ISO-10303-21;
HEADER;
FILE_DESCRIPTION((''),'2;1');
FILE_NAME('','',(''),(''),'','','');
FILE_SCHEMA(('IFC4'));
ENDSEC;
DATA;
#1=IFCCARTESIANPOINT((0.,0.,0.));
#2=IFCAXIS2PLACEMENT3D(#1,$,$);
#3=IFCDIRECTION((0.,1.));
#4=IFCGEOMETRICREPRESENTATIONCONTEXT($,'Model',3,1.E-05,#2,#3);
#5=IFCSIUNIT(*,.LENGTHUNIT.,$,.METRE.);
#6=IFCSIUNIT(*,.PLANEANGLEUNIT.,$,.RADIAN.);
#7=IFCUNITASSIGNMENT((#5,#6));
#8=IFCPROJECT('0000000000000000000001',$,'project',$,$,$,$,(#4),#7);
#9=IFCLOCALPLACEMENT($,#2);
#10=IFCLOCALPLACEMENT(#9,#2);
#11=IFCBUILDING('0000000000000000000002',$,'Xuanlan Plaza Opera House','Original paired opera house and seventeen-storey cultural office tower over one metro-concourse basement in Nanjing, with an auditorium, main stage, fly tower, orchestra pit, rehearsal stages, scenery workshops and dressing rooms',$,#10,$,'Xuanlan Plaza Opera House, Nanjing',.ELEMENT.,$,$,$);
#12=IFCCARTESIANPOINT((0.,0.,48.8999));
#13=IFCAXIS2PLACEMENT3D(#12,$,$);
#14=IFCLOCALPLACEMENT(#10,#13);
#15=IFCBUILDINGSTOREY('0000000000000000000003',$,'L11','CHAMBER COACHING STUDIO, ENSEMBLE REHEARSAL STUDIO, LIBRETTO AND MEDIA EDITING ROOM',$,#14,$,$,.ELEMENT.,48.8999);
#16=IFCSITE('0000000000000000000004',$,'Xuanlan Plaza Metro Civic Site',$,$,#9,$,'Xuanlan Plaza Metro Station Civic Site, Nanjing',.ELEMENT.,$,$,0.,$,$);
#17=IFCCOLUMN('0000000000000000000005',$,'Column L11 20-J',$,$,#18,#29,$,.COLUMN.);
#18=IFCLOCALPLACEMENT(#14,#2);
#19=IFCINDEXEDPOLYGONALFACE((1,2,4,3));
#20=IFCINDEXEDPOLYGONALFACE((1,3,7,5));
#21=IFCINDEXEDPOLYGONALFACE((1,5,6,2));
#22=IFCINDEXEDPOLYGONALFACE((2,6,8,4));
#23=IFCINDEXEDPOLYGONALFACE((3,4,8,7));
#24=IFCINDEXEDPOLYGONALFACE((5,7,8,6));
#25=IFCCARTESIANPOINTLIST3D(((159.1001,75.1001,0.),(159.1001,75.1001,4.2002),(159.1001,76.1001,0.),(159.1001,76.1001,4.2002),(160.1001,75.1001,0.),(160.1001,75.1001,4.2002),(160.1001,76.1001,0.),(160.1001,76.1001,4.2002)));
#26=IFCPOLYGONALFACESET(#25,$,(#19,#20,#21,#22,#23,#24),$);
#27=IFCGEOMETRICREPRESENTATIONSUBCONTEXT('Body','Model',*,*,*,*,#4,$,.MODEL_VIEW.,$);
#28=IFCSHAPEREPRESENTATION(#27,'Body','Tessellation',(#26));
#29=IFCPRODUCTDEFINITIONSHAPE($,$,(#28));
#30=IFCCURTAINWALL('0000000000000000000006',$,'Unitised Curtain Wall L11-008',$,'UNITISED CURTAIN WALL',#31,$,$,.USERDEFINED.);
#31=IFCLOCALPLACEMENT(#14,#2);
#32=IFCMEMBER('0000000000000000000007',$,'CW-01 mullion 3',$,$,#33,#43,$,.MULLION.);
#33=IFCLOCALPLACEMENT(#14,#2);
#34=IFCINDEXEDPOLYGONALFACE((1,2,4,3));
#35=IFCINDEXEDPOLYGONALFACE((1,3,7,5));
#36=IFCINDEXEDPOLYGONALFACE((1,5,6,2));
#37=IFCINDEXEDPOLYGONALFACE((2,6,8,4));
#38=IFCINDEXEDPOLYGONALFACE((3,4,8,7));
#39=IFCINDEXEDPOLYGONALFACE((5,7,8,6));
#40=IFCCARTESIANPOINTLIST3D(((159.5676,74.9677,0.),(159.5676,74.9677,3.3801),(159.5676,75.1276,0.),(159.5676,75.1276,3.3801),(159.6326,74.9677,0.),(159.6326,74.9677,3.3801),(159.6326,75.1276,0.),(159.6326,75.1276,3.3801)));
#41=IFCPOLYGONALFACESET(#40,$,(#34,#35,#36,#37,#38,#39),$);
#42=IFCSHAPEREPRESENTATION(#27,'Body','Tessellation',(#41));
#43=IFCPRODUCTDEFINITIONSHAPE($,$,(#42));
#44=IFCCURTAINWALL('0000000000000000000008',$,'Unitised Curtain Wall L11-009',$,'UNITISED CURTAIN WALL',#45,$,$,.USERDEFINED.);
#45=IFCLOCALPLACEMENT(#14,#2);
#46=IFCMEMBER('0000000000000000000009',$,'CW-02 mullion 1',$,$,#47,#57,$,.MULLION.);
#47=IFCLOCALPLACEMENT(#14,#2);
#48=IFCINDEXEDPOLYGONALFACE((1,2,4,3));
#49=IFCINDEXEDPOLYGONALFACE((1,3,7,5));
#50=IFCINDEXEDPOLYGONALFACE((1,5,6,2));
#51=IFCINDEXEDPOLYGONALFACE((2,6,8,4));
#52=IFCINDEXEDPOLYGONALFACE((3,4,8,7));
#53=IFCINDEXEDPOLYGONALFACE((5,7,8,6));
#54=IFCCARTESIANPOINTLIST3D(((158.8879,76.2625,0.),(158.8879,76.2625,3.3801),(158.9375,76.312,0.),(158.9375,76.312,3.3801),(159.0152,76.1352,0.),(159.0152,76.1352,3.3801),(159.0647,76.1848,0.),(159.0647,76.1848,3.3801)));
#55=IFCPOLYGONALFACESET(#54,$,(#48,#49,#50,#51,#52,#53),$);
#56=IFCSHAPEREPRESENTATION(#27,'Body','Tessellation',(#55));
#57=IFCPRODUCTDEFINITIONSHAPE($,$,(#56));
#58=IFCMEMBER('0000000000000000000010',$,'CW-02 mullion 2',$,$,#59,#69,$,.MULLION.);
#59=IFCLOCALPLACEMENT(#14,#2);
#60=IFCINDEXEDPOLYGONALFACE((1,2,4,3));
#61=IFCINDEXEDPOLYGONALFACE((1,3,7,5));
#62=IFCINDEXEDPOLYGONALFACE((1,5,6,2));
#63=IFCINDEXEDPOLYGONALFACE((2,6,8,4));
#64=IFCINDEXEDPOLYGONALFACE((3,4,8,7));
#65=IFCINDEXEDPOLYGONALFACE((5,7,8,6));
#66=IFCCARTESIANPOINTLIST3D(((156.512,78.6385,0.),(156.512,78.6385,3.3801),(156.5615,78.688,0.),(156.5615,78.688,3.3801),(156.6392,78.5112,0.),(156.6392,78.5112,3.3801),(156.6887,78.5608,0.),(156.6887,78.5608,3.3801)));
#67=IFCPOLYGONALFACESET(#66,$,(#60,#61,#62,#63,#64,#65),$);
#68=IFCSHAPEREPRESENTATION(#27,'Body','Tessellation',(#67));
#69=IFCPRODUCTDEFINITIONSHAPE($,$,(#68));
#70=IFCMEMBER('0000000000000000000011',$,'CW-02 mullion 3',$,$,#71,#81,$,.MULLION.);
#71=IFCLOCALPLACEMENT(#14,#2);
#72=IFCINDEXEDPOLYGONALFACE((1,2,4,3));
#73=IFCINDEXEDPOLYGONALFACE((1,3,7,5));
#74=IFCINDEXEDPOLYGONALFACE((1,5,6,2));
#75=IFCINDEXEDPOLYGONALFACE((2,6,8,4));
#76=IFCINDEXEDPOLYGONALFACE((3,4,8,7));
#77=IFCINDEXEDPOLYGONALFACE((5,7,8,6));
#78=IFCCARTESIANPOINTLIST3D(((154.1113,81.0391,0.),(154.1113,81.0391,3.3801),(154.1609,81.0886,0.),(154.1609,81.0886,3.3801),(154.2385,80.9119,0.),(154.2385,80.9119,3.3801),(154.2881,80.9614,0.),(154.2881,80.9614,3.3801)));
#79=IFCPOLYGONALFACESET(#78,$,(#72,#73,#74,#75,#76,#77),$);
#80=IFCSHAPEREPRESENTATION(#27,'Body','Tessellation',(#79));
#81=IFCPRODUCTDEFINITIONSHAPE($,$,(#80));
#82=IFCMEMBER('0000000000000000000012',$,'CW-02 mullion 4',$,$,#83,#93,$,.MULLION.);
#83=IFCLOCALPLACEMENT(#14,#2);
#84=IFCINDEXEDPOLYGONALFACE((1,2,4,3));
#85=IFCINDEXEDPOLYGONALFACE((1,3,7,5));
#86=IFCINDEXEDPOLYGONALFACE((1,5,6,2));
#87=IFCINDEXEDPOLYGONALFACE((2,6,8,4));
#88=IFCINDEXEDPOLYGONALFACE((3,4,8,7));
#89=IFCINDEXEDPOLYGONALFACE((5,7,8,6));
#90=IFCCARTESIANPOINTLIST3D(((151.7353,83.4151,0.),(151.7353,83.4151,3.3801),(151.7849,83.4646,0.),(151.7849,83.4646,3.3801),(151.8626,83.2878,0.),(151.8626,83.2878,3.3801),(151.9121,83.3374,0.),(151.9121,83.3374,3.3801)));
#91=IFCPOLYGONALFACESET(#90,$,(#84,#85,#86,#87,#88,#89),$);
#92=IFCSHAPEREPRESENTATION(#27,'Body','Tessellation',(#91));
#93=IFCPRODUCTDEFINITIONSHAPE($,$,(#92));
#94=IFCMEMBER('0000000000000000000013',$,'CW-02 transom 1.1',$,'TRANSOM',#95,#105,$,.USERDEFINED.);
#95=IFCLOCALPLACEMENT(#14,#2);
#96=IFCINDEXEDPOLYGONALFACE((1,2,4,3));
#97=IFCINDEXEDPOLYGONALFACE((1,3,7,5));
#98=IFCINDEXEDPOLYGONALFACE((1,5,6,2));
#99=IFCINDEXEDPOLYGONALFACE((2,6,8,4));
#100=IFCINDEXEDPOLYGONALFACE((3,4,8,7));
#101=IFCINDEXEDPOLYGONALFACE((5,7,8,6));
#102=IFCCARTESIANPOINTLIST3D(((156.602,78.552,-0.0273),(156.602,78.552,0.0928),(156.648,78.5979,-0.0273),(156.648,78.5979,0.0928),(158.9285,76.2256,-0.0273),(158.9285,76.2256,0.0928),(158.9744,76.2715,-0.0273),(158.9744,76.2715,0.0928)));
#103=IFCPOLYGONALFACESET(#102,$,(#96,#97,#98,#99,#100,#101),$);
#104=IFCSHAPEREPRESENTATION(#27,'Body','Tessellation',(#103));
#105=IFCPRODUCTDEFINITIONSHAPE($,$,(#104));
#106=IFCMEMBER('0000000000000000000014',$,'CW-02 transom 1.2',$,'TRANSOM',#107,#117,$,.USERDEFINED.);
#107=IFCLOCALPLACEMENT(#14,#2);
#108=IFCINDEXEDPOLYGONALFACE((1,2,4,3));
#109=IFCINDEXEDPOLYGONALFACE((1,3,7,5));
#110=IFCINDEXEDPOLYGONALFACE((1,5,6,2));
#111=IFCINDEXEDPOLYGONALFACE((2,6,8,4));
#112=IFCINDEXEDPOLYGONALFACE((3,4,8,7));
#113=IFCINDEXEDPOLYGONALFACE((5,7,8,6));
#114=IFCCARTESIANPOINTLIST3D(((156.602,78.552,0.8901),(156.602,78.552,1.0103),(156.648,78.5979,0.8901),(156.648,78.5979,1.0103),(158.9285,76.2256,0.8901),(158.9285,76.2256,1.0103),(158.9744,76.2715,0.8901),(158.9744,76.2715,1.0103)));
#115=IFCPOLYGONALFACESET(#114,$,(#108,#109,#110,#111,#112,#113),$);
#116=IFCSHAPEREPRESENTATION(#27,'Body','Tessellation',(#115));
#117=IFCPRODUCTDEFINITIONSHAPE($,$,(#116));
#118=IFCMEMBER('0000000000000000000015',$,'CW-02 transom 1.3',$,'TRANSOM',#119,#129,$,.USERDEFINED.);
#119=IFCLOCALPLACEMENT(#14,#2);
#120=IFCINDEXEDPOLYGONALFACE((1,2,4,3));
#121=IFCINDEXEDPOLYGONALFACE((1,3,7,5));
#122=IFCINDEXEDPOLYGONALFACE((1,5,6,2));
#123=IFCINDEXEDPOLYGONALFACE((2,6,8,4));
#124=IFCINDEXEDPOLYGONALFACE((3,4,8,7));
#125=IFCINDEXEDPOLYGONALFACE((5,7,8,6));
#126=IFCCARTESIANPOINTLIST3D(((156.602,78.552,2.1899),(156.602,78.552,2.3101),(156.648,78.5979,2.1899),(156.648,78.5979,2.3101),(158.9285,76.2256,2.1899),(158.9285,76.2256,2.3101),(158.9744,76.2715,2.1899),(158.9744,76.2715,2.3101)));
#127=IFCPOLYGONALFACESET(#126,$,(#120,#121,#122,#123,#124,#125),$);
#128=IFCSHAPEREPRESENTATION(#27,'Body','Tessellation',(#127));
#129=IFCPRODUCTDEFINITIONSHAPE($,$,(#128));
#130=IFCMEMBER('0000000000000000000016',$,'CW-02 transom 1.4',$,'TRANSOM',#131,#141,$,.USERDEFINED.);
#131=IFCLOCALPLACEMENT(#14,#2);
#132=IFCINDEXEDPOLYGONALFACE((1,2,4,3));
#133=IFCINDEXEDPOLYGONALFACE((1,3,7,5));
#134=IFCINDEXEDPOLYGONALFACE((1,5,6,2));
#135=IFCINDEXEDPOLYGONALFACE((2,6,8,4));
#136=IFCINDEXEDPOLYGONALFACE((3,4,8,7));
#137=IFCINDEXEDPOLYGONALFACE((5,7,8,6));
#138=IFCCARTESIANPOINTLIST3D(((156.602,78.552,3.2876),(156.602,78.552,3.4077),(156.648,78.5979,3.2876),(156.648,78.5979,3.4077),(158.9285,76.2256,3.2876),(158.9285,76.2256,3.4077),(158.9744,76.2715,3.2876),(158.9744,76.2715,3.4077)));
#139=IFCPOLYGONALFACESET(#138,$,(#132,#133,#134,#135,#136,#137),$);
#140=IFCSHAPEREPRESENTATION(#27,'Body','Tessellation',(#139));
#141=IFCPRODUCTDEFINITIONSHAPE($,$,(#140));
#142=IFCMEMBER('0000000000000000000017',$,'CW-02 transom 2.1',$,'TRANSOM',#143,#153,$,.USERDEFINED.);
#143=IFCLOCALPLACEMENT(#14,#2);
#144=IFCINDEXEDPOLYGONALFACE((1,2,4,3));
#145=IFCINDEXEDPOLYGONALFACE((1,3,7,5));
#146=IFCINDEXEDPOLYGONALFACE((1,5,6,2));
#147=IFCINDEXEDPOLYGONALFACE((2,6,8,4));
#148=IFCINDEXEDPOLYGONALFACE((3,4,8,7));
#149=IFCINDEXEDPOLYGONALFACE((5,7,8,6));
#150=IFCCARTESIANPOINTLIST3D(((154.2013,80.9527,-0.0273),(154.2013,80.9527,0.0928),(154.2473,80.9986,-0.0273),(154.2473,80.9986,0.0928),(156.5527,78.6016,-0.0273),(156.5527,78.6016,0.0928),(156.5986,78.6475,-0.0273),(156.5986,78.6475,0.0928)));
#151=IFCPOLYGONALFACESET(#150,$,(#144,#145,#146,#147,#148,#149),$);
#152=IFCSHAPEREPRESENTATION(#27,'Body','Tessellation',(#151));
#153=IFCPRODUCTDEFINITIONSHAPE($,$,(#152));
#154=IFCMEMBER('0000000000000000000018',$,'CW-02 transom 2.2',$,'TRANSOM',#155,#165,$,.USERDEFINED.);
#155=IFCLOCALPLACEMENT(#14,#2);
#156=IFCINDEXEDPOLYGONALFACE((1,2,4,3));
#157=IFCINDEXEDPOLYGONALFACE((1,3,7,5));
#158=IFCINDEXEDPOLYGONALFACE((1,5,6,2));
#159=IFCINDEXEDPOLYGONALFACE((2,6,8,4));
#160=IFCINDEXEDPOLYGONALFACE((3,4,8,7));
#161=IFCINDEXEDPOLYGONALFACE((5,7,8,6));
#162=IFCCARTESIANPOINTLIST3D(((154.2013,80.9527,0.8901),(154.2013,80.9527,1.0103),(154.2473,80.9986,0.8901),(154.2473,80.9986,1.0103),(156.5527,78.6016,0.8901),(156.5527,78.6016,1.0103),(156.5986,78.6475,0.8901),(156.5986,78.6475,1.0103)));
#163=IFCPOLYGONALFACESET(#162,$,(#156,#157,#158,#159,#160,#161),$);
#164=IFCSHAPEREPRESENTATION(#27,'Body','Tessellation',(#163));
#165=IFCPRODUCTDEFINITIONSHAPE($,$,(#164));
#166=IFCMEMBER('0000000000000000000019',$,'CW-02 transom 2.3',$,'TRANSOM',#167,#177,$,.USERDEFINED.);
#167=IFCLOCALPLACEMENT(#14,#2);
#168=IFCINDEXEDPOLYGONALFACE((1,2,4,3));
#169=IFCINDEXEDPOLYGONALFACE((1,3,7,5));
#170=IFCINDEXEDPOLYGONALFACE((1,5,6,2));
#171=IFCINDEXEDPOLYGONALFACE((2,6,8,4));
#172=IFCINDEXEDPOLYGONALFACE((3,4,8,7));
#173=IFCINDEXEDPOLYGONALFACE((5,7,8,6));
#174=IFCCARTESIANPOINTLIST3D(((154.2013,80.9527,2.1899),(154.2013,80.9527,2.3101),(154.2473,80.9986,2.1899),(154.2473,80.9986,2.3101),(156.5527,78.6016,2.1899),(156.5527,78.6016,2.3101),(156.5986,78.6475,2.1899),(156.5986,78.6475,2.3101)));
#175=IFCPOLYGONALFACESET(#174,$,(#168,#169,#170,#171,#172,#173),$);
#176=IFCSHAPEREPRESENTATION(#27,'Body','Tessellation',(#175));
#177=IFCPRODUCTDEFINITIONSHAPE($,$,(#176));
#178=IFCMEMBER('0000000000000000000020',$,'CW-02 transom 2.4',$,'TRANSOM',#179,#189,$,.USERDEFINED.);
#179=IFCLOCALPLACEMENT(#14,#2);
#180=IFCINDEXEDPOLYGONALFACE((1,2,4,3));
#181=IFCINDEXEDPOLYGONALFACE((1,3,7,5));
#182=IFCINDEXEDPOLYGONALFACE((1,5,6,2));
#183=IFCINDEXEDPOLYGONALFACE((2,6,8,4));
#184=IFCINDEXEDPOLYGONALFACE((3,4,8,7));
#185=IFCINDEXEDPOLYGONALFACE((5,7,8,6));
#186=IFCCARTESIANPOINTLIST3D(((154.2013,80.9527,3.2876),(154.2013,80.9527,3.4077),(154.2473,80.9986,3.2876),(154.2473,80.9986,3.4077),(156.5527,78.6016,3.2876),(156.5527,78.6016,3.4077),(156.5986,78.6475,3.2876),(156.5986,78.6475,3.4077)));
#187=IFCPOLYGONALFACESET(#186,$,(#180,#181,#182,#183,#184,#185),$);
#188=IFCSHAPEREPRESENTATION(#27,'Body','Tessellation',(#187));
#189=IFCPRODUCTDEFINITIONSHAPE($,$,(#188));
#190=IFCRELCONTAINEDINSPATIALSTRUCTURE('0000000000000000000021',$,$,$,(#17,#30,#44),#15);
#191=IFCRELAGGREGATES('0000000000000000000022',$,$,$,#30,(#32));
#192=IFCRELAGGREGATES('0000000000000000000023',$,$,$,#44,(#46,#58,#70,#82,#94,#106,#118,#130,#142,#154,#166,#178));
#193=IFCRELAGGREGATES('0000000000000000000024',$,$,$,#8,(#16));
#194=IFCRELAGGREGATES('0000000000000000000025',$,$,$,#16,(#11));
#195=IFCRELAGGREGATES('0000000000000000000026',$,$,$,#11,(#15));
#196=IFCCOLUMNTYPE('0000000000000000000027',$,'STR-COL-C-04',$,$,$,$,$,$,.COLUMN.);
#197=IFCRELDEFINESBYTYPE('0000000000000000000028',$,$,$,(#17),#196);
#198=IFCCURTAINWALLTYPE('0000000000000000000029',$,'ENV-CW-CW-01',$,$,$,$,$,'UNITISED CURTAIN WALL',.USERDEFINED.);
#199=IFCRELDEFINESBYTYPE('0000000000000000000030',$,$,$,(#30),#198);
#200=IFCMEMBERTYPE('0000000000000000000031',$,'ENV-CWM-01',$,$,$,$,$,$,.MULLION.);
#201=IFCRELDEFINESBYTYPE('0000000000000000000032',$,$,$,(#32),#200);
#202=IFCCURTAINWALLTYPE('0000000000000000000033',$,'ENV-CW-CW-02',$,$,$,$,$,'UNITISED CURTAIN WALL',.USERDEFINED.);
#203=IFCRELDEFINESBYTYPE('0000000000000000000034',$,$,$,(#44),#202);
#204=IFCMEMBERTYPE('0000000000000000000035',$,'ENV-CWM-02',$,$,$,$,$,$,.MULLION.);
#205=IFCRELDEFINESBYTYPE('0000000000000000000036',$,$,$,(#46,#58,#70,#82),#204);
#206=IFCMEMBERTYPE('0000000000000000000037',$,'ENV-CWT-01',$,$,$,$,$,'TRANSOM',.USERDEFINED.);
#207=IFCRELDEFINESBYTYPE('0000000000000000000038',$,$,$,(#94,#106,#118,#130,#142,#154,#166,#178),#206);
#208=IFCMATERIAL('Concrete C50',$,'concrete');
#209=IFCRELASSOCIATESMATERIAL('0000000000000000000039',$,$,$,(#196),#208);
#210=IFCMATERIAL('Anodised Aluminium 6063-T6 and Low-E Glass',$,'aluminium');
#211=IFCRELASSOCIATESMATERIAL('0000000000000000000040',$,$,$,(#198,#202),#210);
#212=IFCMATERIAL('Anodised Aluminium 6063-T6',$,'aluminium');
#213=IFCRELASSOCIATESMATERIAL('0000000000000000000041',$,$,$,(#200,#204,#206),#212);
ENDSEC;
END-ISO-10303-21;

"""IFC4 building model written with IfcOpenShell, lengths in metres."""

from ifc_helpers import new_model, si_unit, direction, frame, origin, origin_2d, place, context, subcontext, project, spatial, rectangle, extrude, material, material_profile, profile_set, type_object, element, aggregate, save


model = new_model("IFC4")

# Units and contexts
model_context = context("Model", 3, precision=1e-05, world=origin(), true_north=direction((0.0, 1.0)))
body_context = subcontext(model_context, "Body", "Model", "MODEL_VIEW")
ifc_project = project(units=[si_unit("LENGTHUNIT", "METRE"), si_unit("PLANEANGLEUNIT", "RADIAN")], contexts=[model_context])

# Site, building, storey
site_placement = place(None, origin())
site = spatial("IfcSite", under=ifc_project, at=site_placement, Name="Xuanlan Plaza Metro Civic Site", LongName="Xuanlan Plaza Metro Station Civic Site, Nanjing", CompositionType="ELEMENT", RefElevation=0.0)
building_placement = place(site_placement, origin())
building = spatial("IfcBuilding", under=site, at=building_placement, Name="Xuanlan Plaza Opera House", Description="Original paired opera house and seventeen-storey cultural office tower over one metro-concourse basement in Nanjing, with an auditorium, main stage, fly tower, orchestra pit, rehearsal stages, scenery workshops and dressing rooms", LongName="Xuanlan Plaza Opera House, Nanjing", CompositionType="ELEMENT")
storey_placement = place(building_placement, frame((0.0, 0.0, 48.8999)))
storey = spatial("IfcBuildingStorey", under=building, at=storey_placement, Name="L11", Description="CHAMBER COACHING STUDIO, ENSEMBLE REHEARSAL STUDIO, LIBRETTO AND MEDIA EDITING ROOM", CompositionType="ELEMENT", Elevation=48.8999)

# Column
ifc_material_1 = material(Name="Concrete C50", Category="concrete")
ifc_material_profile_1 = material_profile(ifc_material_1, rectangle(XDim=1.0, YDim=1.0, at=origin_2d()), Name="RC-COL 1000x1000")
ifc_profile_set_1 = profile_set([ifc_material_profile_1], Name="Concrete C50")
column_type = type_object("IfcColumnType", Name="STR-COL-C-04", PredefinedType="COLUMN", material=ifc_profile_set_1)
column_placement = place(storey_placement, frame((159.6001, 75.6001, 0.0), z_axis=(0.0, 0.0, 1.0), x_axis=(1.0, 0.0, 0.0)))
element("IfcColumn", 1, at=column_placement, inside=storey, type_object=column_type, Name="Column L11 20-J", PredefinedType="COLUMN", context=body_context, shape_type="SweptSolid", body=[
    extrude(rectangle(XDim=1.0, YDim=1.0, at=origin_2d()), origin(), (0.0, 0.0, 1.0), 4.2002),
])

# Curtain wall, member
ifc_material_2 = material(Name="Anodised Aluminium 6063-T6 and Low-E Glass", Category="aluminium")
curtain_wall_type_1 = type_object("IfcCurtainWallType", Name="ENV-CW-CW-01", ElementType="UNITISED CURTAIN WALL", PredefinedType="USERDEFINED", material=ifc_material_2)
curtain_wall_1_placement = place(storey_placement, origin())
curtain_wall_1 = element("IfcCurtainWall", 2, at=curtain_wall_1_placement, inside=storey, type_object=curtain_wall_type_1, Name="Unitised Curtain Wall L11-008", ObjectType="UNITISED CURTAIN WALL", PredefinedType="USERDEFINED")
ifc_material_3 = material(Name="Anodised Aluminium 6063-T6", Category="aluminium")
ifc_material_profile_2 = material_profile(ifc_material_3, rectangle(XDim=0.0649, YDim=0.1599, at=origin_2d()), Name="ALU-M 65x160")
ifc_profile_set_2 = profile_set([ifc_material_profile_2], Name="Anodised Aluminium 6063-T6")
member_type_1 = type_object("IfcMemberType", Name="ENV-CWM-01", PredefinedType="MULLION", material=ifc_profile_set_2)
member_1_placement = place(storey_placement, frame((159.6001, 75.0476, 0.0), z_axis=(0.0, 0.0, 1.0), x_axis=(-1.0, 0.0, 0.0)))
member_1 = element("IfcMember", 3, at=member_1_placement, type_object=member_type_1, Name="CW-01 mullion 3", PredefinedType="MULLION", context=body_context, shape_type="SweptSolid", body=[
    extrude(rectangle(XDim=0.0649, YDim=0.1599, at=origin_2d()), origin(), (0.0, 0.0, 1.0), 3.3801),
])

# Curtain wall, members
curtain_wall_type_2 = type_object("IfcCurtainWallType", Name="ENV-CW-CW-02", ElementType="UNITISED CURTAIN WALL", PredefinedType="USERDEFINED", material=ifc_material_2)
curtain_wall_2_placement = place(storey_placement, origin())
curtain_wall_2 = element("IfcCurtainWall", 4, at=curtain_wall_2_placement, inside=storey, type_object=curtain_wall_type_2, Name="Unitised Curtain Wall L11-009", ObjectType="UNITISED CURTAIN WALL", PredefinedType="USERDEFINED")
ifc_material_profile_3 = material_profile(ifc_material_3, rectangle(XDim=0.0701, YDim=0.1799, at=origin_2d()), Name="ALU-M 70x180")
ifc_profile_set_3 = profile_set([ifc_material_profile_3], Name="Anodised Aluminium 6063-T6")
member_type_2 = type_object("IfcMemberType", Name="ENV-CWM-02", PredefinedType="MULLION", material=ifc_profile_set_3)
member_2_placement = place(storey_placement, frame((158.9763, 76.2236, 0.0), z_axis=(0.0, 0.0, 1.0), x_axis=(-0.707107, -0.707107, 0.0)))
member_2 = element("IfcMember", 5, at=member_2_placement, type_object=member_type_2, Name="CW-02 mullion 1", PredefinedType="MULLION", context=body_context, shape_type="SweptSolid", body=[
    extrude(rectangle(XDim=0.0701, YDim=0.1799, at=origin_2d()), origin(), (0.0, 0.0, 1.0), 3.3801),
])
member_3_placement = place(storey_placement, frame((156.6003, 78.5996, 0.0), z_axis=(0.0, 0.0, 1.0), x_axis=(-0.707107, -0.707107, 0.0)))
member_3 = element("IfcMember", 6, at=member_3_placement, type_object=member_type_2, Name="CW-02 mullion 2", PredefinedType="MULLION", context=body_context, shape_type="SweptSolid", body=[
    extrude(rectangle(XDim=0.0701, YDim=0.1799, at=origin_2d()), origin(), (0.0, 0.0, 1.0), 3.3801),
])
member_4_placement = place(storey_placement, frame((154.1997, 81.0002, 0.0), z_axis=(0.0, 0.0, 1.0), x_axis=(-0.707107, -0.707107, 0.0)))
member_4 = element("IfcMember", 7, at=member_4_placement, type_object=member_type_2, Name="CW-02 mullion 3", PredefinedType="MULLION", context=body_context, shape_type="SweptSolid", body=[
    extrude(rectangle(XDim=0.0701, YDim=0.1799, at=origin_2d()), origin(), (0.0, 0.0, 1.0), 3.3801),
])
member_5_placement = place(storey_placement, frame((151.8237, 83.3762, 0.0), z_axis=(0.0, 0.0, 1.0), x_axis=(-0.707107, -0.707107, 0.0)))
member_5 = element("IfcMember", 8, at=member_5_placement, type_object=member_type_2, Name="CW-02 mullion 4", PredefinedType="MULLION", context=body_context, shape_type="SweptSolid", body=[
    extrude(rectangle(XDim=0.0701, YDim=0.1799, at=origin_2d()), origin(), (0.0, 0.0, 1.0), 3.3801),
])
ifc_material_profile_4 = material_profile(ifc_material_3, rectangle(XDim=0.0649, YDim=0.1201, at=origin_2d()), Name="ALU-T 65x120")
ifc_profile_set_4 = profile_set([ifc_material_profile_4], Name="Anodised Aluminium 6063-T6")
member_type_3 = type_object("IfcMemberType", Name="ENV-CWT-01", ElementType="TRANSOM", PredefinedType="USERDEFINED", material=ifc_profile_set_4)
member_6_placement = place(storey_placement, frame((158.9514, 76.2485, 0.0327), z_axis=(-0.707107, 0.707107, 0.0), x_axis=(-0.707107, -0.707107, 0.0)))
member_6 = element("IfcMember", 9, at=member_6_placement, type_object=member_type_3, Name="CW-02 transom 1.1", ObjectType="TRANSOM", PredefinedType="USERDEFINED", context=body_context, shape_type="SweptSolid", body=[
    extrude(rectangle(XDim=0.0649, YDim=0.1201, at=origin_2d()), origin(), (0.0, 0.0, 1.0), 3.29),
])
member_7_placement = place(storey_placement, frame((158.9514, 76.2485, 0.9502), z_axis=(-0.707107, 0.707107, 0.0), x_axis=(-0.707107, -0.707107, 0.0)))
member_7 = element("IfcMember", 10, at=member_7_placement, type_object=member_type_3, Name="CW-02 transom 1.2", ObjectType="TRANSOM", PredefinedType="USERDEFINED", context=body_context, shape_type="SweptSolid", body=[
    extrude(rectangle(XDim=0.0649, YDim=0.1201, at=origin_2d()), origin(), (0.0, 0.0, 1.0), 3.29),
])
member_8_placement = place(storey_placement, frame((158.9514, 76.2485, 2.25), z_axis=(-0.707107, 0.707107, 0.0), x_axis=(-0.707107, -0.707107, 0.0)))
member_8 = element("IfcMember", 11, at=member_8_placement, type_object=member_type_3, Name="CW-02 transom 1.3", ObjectType="TRANSOM", PredefinedType="USERDEFINED", context=body_context, shape_type="SweptSolid", body=[
    extrude(rectangle(XDim=0.0649, YDim=0.1201, at=origin_2d()), origin(), (0.0, 0.0, 1.0), 3.29),
])
member_9_placement = place(storey_placement, frame((158.9514, 76.2485, 3.3477), z_axis=(-0.707107, 0.707107, 0.0), x_axis=(-0.707107, -0.707107, 0.0)))
member_9 = element("IfcMember", 12, at=member_9_placement, type_object=member_type_3, Name="CW-02 transom 1.4", ObjectType="TRANSOM", PredefinedType="USERDEFINED", context=body_context, shape_type="SweptSolid", body=[
    extrude(rectangle(XDim=0.0649, YDim=0.1201, at=origin_2d()), origin(), (0.0, 0.0, 1.0), 3.29),
])
member_10_placement = place(storey_placement, frame((156.5757, 78.6245, 0.0327), z_axis=(-0.707143, 0.70707, 0.0), x_axis=(-0.70707, -0.707143, 0.0)))
member_10 = element("IfcMember", 13, at=member_10_placement, type_object=member_type_3, Name="CW-02 transom 2.1", ObjectType="TRANSOM", PredefinedType="USERDEFINED", context=body_context, shape_type="SweptSolid", body=[
    extrude(rectangle(XDim=0.0649, YDim=0.1201, at=origin_2d()), origin(), (0.0, 0.0, 1.0), 3.3252),
])
member_11_placement = place(storey_placement, frame((156.5757, 78.6245, 0.9502), z_axis=(-0.707143, 0.70707, 0.0), x_axis=(-0.70707, -0.707143, 0.0)))
member_11 = element("IfcMember", 14, at=member_11_placement, type_object=member_type_3, Name="CW-02 transom 2.2", ObjectType="TRANSOM", PredefinedType="USERDEFINED", context=body_context, shape_type="SweptSolid", body=[
    extrude(rectangle(XDim=0.0649, YDim=0.1201, at=origin_2d()), origin(), (0.0, 0.0, 1.0), 3.3252),
])
member_12_placement = place(storey_placement, frame((156.5757, 78.6245, 2.25), z_axis=(-0.707143, 0.70707, 0.0), x_axis=(-0.70707, -0.707143, 0.0)))
member_12 = element("IfcMember", 15, at=member_12_placement, type_object=member_type_3, Name="CW-02 transom 2.3", ObjectType="TRANSOM", PredefinedType="USERDEFINED", context=body_context, shape_type="SweptSolid", body=[
    extrude(rectangle(XDim=0.0649, YDim=0.1201, at=origin_2d()), origin(), (0.0, 0.0, 1.0), 3.3252),
])
member_13_placement = place(storey_placement, frame((156.5757, 78.6245, 3.3477), z_axis=(-0.707143, 0.70707, 0.0), x_axis=(-0.70707, -0.707143, 0.0)))
member_13 = element("IfcMember", 16, at=member_13_placement, type_object=member_type_3, Name="CW-02 transom 2.4", ObjectType="TRANSOM", PredefinedType="USERDEFINED", context=body_context, shape_type="SweptSolid", body=[
    extrude(rectangle(XDim=0.0649, YDim=0.1201, at=origin_2d()), origin(), (0.0, 0.0, 1.0), 3.3252),
])

aggregate(curtain_wall_1, [member_1])
aggregate(curtain_wall_2, [member_2, member_3, member_4, member_5, member_6, member_7, member_8, member_9, member_10, member_11, member_12, member_13])

save(model, "model.ifc")
